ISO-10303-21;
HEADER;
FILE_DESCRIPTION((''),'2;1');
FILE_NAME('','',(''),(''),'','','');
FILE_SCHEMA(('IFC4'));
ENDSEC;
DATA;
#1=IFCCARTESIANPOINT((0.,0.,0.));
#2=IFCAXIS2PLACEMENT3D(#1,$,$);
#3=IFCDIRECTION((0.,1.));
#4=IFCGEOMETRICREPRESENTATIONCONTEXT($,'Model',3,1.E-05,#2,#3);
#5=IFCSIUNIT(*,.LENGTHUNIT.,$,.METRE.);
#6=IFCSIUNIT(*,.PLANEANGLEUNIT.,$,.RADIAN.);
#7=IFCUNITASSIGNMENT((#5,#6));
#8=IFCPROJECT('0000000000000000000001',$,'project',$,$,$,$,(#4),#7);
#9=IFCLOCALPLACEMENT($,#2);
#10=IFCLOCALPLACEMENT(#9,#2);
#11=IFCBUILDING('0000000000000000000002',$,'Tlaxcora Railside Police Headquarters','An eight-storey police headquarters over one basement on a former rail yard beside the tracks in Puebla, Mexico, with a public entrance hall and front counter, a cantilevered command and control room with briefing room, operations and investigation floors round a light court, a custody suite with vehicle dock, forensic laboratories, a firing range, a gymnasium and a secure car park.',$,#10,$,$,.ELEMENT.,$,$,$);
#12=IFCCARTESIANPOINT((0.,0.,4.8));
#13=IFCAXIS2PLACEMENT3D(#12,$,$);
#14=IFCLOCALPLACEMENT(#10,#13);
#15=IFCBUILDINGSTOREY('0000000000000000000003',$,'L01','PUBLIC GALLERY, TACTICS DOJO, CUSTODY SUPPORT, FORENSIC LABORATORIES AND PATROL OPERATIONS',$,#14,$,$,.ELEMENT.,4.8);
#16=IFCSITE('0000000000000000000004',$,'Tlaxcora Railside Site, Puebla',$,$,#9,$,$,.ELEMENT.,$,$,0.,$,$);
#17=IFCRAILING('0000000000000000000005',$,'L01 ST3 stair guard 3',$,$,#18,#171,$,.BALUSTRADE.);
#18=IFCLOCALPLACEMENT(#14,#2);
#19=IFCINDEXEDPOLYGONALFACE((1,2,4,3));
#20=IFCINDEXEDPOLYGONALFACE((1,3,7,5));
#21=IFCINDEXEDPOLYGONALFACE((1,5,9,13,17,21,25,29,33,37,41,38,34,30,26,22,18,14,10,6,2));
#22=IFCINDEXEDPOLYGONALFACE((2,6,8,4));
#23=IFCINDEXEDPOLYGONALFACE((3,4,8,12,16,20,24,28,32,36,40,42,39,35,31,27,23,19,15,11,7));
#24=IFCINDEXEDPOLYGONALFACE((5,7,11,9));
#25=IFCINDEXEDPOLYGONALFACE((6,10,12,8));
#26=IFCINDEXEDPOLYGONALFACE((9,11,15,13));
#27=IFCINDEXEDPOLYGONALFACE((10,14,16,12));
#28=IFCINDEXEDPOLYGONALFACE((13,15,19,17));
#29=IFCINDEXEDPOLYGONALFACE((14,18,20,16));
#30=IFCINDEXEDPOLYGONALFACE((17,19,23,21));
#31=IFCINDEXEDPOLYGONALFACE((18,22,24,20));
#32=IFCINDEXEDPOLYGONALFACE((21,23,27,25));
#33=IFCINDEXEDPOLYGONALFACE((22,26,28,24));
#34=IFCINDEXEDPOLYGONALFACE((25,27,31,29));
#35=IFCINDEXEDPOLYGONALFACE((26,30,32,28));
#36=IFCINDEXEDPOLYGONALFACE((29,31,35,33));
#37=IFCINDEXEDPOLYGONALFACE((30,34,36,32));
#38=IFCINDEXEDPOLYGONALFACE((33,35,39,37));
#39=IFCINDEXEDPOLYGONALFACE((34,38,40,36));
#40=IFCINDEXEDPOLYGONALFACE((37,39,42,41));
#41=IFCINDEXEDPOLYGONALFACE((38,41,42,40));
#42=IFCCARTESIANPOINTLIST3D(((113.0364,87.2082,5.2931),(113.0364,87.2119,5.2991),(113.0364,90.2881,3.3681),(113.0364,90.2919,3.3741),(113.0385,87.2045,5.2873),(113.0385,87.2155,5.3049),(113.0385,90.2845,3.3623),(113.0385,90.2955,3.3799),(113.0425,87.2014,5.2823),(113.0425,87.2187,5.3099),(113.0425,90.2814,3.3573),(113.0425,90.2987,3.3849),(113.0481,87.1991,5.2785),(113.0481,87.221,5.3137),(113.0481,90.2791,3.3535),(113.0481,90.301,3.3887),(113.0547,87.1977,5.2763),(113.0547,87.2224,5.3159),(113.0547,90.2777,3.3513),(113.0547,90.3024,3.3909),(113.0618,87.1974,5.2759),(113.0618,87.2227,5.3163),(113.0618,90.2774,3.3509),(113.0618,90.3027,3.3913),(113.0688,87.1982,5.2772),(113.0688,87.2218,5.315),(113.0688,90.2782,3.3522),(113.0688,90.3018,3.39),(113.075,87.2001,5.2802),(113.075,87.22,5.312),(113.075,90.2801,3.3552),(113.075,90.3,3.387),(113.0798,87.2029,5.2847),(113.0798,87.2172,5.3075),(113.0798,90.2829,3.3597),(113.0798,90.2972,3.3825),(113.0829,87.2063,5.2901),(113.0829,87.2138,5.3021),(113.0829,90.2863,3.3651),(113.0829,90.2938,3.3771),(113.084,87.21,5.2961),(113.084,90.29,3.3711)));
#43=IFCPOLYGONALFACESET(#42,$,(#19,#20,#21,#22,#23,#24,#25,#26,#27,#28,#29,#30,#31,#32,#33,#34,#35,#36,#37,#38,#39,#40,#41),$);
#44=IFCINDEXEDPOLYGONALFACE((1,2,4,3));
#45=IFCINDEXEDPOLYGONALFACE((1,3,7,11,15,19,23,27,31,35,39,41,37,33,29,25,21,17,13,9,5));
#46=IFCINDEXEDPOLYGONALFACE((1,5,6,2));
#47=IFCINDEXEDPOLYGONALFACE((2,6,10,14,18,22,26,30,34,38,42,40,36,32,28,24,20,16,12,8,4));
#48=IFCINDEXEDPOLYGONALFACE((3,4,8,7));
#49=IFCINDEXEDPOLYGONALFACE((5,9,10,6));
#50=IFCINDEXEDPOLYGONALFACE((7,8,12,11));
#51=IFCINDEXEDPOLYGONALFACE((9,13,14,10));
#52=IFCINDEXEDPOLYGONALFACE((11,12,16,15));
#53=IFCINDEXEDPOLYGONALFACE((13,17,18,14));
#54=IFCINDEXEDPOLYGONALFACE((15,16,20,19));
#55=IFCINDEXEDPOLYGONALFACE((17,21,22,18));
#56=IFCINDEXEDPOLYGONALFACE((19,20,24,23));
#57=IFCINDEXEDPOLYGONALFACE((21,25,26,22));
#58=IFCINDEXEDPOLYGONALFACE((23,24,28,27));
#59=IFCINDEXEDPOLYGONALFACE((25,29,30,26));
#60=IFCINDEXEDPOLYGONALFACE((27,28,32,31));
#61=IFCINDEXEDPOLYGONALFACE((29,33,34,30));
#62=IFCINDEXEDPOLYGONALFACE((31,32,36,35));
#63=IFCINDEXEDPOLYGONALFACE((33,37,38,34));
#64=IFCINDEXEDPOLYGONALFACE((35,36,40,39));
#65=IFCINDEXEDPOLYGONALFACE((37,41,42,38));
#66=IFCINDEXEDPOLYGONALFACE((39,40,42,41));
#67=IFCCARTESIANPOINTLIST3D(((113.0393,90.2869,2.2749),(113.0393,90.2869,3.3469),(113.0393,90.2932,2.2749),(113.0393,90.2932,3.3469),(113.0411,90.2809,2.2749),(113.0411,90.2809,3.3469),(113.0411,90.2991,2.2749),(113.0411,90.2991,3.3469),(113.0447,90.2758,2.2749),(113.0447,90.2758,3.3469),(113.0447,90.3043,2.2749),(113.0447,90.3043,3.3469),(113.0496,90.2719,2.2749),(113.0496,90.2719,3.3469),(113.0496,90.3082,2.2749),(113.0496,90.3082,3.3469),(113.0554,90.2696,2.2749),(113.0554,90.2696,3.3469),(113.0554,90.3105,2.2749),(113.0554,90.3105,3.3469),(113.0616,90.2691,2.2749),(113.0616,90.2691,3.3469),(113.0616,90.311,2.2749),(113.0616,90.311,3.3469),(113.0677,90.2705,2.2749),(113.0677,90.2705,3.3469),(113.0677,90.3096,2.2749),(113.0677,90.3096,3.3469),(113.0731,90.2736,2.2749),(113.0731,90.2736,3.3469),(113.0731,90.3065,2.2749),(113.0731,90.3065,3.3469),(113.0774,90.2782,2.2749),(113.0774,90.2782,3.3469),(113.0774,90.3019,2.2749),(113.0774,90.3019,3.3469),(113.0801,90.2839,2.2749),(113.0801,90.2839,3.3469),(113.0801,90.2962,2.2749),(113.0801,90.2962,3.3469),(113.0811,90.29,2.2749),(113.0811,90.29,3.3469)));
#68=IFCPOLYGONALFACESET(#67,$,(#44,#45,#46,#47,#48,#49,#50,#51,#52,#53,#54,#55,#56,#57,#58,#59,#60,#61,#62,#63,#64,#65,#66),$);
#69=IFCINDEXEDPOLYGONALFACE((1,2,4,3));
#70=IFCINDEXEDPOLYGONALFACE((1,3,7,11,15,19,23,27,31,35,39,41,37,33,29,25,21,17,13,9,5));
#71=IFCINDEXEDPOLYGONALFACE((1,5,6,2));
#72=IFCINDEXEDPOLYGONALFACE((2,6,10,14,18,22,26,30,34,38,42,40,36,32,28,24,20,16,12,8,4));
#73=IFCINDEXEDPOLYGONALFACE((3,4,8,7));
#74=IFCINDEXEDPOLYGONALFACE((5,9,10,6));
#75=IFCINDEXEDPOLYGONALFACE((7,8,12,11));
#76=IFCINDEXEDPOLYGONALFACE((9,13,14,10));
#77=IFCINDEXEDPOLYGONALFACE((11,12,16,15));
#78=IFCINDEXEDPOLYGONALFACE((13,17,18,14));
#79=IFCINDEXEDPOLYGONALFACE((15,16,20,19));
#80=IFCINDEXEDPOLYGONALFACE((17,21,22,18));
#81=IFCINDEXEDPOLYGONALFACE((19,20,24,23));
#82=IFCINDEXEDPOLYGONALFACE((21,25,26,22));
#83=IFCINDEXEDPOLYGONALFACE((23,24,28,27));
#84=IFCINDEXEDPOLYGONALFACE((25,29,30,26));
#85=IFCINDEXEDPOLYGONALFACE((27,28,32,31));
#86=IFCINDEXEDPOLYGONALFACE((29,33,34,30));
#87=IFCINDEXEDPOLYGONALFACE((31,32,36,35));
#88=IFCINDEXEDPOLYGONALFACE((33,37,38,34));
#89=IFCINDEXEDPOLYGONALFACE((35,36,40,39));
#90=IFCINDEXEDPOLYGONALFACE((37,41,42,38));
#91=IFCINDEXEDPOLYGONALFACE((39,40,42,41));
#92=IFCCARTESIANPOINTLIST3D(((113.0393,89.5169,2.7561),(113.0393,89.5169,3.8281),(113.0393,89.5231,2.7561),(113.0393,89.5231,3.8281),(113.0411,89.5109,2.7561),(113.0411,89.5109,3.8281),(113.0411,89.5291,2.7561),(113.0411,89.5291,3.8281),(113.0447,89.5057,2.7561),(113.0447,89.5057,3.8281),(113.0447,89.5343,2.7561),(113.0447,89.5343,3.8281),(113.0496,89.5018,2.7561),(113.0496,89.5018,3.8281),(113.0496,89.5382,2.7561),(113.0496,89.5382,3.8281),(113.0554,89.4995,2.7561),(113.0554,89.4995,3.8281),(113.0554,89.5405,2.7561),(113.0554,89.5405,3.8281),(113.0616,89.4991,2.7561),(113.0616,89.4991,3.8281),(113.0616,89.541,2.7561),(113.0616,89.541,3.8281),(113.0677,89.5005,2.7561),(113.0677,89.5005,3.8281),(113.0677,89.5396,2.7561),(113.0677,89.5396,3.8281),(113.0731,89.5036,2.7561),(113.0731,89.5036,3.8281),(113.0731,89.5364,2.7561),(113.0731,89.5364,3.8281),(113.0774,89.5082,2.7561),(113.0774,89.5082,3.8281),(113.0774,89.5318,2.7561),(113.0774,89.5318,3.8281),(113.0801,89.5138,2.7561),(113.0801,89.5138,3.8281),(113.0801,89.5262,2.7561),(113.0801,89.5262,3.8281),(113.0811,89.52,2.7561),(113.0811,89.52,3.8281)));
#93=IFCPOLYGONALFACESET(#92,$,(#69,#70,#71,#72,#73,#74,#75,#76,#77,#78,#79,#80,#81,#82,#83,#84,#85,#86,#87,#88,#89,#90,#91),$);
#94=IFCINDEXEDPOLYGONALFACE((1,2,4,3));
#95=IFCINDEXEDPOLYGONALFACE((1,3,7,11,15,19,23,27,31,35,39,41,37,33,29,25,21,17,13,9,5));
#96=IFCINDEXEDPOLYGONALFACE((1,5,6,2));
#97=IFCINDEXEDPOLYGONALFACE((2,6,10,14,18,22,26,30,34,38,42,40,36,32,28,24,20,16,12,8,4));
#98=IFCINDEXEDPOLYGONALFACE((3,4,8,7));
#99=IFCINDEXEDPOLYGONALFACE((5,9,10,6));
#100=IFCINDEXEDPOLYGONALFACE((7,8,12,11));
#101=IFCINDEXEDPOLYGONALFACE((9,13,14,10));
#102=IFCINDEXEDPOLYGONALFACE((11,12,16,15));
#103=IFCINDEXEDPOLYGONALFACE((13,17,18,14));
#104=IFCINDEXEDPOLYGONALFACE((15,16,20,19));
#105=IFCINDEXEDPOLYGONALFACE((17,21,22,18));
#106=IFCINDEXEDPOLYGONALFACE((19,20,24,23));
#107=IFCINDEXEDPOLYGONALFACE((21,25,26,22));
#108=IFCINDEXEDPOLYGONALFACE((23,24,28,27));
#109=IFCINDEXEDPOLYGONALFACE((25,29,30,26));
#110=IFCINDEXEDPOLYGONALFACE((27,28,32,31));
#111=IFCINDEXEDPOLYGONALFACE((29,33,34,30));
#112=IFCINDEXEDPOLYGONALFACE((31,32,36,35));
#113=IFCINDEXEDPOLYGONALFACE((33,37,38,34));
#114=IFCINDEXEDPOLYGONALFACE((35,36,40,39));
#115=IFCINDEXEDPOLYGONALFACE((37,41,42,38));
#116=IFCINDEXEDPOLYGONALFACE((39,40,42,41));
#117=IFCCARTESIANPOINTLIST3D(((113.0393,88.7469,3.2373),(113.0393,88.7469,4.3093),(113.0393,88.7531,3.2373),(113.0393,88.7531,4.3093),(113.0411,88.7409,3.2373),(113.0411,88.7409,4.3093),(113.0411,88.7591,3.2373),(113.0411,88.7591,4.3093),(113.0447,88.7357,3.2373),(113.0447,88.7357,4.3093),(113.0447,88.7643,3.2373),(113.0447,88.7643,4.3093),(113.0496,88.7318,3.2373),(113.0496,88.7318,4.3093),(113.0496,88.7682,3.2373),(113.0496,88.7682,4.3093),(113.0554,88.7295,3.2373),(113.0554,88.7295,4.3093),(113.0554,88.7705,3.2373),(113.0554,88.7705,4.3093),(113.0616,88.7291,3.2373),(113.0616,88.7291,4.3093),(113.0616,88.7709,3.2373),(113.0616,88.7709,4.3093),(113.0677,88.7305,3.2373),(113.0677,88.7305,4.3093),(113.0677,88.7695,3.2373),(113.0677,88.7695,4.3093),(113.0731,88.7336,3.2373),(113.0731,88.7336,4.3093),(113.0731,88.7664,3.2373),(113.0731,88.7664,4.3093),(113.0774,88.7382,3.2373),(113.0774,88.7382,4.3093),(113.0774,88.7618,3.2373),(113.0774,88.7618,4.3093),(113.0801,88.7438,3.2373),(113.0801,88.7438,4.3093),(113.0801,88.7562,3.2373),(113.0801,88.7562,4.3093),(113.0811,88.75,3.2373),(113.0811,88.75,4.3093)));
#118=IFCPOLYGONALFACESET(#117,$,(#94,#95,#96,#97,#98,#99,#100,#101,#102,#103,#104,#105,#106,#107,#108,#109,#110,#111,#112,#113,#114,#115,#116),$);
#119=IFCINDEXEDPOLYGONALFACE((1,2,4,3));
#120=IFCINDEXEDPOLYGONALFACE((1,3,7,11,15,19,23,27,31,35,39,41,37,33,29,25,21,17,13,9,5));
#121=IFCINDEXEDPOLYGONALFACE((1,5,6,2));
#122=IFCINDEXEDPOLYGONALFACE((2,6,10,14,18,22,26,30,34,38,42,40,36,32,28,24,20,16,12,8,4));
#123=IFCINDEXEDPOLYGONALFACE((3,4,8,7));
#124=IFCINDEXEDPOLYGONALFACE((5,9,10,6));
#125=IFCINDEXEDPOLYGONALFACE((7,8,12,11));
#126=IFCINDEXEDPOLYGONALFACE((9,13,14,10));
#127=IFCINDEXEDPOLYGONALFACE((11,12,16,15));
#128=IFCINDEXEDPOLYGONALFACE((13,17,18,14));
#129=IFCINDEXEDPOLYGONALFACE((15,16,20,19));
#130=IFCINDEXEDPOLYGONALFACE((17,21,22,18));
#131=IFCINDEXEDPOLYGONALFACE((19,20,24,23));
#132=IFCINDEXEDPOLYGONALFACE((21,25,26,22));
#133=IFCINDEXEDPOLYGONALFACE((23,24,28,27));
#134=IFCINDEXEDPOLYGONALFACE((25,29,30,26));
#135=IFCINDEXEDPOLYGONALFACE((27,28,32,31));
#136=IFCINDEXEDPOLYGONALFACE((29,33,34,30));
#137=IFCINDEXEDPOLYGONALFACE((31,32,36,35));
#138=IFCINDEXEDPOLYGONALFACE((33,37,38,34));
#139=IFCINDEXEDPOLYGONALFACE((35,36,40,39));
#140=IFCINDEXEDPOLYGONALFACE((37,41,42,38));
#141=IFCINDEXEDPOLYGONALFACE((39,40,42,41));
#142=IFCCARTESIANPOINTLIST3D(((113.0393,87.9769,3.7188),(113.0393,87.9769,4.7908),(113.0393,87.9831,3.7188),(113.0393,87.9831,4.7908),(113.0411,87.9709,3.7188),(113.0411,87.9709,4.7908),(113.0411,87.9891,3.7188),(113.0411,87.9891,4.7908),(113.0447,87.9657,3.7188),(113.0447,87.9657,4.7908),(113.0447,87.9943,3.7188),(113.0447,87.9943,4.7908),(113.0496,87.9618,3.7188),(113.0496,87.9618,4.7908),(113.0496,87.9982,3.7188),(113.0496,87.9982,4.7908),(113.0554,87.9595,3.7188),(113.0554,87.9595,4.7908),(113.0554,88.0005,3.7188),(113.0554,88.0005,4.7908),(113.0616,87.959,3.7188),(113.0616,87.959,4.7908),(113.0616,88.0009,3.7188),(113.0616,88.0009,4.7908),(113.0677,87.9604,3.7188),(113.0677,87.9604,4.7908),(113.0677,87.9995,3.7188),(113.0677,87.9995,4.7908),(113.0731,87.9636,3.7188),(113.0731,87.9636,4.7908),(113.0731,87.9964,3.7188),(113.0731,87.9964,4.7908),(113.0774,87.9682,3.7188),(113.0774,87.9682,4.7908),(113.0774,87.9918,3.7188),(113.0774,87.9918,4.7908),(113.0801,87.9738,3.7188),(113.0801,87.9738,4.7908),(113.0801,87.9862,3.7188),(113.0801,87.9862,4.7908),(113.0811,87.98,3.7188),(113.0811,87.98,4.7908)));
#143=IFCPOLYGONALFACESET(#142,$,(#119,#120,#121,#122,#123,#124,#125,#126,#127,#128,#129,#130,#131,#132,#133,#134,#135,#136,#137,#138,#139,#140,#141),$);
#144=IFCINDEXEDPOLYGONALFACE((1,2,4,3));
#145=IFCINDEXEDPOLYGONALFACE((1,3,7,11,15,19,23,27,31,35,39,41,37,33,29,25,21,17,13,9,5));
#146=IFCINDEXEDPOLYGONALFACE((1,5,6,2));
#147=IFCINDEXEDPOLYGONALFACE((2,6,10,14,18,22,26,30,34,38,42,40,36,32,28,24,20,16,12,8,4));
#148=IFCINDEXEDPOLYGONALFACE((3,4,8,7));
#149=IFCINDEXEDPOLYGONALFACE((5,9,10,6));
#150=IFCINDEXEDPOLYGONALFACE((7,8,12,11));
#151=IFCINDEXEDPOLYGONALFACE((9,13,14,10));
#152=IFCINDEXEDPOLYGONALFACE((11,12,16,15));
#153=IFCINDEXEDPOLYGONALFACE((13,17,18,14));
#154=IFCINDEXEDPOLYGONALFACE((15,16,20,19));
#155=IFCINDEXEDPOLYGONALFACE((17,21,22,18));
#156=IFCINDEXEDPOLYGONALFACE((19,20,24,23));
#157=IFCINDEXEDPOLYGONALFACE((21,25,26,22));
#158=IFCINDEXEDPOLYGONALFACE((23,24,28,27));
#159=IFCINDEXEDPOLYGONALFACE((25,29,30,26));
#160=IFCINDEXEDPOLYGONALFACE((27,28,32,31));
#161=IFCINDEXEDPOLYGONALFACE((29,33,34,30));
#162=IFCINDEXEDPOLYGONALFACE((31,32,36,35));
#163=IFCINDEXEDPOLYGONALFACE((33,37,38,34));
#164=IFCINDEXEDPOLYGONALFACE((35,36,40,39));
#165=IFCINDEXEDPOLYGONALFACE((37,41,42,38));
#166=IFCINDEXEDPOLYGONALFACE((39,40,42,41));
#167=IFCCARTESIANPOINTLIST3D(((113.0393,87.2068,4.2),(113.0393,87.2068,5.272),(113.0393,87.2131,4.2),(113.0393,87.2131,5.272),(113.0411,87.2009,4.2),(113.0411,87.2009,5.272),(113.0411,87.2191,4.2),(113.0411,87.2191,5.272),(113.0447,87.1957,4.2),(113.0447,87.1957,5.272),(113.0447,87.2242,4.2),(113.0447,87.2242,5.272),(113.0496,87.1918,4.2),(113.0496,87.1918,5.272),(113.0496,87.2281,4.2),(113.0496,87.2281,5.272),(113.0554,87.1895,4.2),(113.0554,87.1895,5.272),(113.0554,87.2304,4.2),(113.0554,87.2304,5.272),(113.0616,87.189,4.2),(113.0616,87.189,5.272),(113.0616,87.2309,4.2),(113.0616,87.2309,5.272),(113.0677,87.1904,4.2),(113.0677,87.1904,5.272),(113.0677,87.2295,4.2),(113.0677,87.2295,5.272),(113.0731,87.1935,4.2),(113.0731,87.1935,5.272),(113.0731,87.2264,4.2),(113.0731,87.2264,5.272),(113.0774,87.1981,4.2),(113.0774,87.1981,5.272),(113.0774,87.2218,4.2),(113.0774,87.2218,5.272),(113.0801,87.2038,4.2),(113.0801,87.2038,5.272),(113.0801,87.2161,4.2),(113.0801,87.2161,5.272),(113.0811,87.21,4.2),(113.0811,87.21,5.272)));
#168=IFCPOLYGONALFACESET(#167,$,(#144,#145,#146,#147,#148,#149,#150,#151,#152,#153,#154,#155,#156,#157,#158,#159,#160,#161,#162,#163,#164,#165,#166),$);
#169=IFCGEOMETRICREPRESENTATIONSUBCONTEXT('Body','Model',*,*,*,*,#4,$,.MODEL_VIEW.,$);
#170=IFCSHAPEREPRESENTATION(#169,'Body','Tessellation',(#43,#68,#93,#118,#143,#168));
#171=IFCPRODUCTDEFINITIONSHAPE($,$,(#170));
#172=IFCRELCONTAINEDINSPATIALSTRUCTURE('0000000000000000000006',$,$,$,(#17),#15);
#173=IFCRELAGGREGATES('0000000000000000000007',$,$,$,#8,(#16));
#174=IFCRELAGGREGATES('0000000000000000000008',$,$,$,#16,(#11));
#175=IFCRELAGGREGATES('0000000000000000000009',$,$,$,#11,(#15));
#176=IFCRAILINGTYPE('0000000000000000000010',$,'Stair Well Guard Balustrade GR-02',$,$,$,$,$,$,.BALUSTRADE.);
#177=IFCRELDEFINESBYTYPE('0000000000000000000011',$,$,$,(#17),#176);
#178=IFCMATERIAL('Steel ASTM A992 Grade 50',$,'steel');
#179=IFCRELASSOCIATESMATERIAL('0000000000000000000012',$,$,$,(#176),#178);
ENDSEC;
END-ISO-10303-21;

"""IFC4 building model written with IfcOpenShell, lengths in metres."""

from ifc_helpers import new_model, si_unit, direction, frame, origin, origin_2d, place, context, subcontext, project, spatial, circle, extrude, material, type_object, element, save


model = new_model("IFC4")

# Units and contexts
model_context = context("Model", 3, precision=1e-05, world=origin(), true_north=direction((0.0, 1.0)))
body_context = subcontext(model_context, "Body", "Model", "MODEL_VIEW")
ifc_project = project(units=[si_unit("LENGTHUNIT", "METRE"), si_unit("PLANEANGLEUNIT", "RADIAN")], contexts=[model_context])

# Site, building, storey
site_placement = place(None, origin())
site = spatial("IfcSite", under=ifc_project, at=site_placement, Name="Tlaxcora Railside Site, Puebla", CompositionType="ELEMENT", RefElevation=0.0)
building_placement = place(site_placement, origin())
building = spatial("IfcBuilding", under=site, at=building_placement, Name="Tlaxcora Railside Police Headquarters", Description="An eight-storey police headquarters over one basement on a former rail yard beside the tracks in Puebla, Mexico, with a public entrance hall and front counter, a cantilevered command and control room with briefing room, operations and investigation floors round a light court, a custody suite with vehicle dock, forensic laboratories, a firing range, a gymnasium and a secure car park.", CompositionType="ELEMENT")
storey_placement = place(building_placement, frame((0.0, 0.0, 4.8)))
storey = spatial("IfcBuildingStorey", under=building, at=storey_placement, Name="L01", Description="PUBLIC GALLERY, TACTICS DOJO, CUSTODY SUPPORT, FORENSIC LABORATORIES AND PATROL OPERATIONS", CompositionType="ELEMENT", Elevation=4.8)

# Shared definitions
ifc_material_1 = material(Name="Steel ASTM A992 Grade 50", Category="steel")

# Railing
railing_type_1 = type_object("IfcRailingType", Name="Stair Well Guard Balustrade GR-02", PredefinedType="BALUSTRADE", material=ifc_material_1)
railing_1_placement = place(storey_placement, frame((113.0601, 90.29, 2.2749)))
element("IfcRailing", 1, at=railing_1_placement, inside=storey, type_object=railing_type_1, Name="L01 ST3 stair guard 3", PredefinedType="BALUSTRADE", context=body_context, shape_type="SweptSolid", body=[
    extrude(circle(Radius=0.0239, at=origin_2d()), frame((0.0, 0.0, 1.0962), z_axis=(0.0, -0.847998, 0.529999), x_axis=(1.0, 0.0, 0.0)), (0.0, 0.0, 1.0), 3.6321),
    extrude(circle(Radius=0.021, at=origin_2d()), origin(), (0.0, 0.0, 1.0), 1.072),
    extrude(circle(Radius=0.021, at=origin_2d()), frame((0.0, -0.77, 0.4812)), (0.0, 0.0, 1.0), 1.072),
    extrude(circle(Radius=0.021, at=origin_2d()), frame((0.0, -1.54, 0.9624)), (0.0, 0.0, 1.0), 1.072),
    extrude(circle(Radius=0.021, at=origin_2d()), frame((0.0, -2.3101, 1.4438)), (0.0, 0.0, 1.0), 1.072),
    extrude(circle(Radius=0.021, at=origin_2d()), frame((0.0, -3.0801, 1.925)), (0.0, 0.0, 1.0), 1.072),
])

save(model, "model.ifc")
